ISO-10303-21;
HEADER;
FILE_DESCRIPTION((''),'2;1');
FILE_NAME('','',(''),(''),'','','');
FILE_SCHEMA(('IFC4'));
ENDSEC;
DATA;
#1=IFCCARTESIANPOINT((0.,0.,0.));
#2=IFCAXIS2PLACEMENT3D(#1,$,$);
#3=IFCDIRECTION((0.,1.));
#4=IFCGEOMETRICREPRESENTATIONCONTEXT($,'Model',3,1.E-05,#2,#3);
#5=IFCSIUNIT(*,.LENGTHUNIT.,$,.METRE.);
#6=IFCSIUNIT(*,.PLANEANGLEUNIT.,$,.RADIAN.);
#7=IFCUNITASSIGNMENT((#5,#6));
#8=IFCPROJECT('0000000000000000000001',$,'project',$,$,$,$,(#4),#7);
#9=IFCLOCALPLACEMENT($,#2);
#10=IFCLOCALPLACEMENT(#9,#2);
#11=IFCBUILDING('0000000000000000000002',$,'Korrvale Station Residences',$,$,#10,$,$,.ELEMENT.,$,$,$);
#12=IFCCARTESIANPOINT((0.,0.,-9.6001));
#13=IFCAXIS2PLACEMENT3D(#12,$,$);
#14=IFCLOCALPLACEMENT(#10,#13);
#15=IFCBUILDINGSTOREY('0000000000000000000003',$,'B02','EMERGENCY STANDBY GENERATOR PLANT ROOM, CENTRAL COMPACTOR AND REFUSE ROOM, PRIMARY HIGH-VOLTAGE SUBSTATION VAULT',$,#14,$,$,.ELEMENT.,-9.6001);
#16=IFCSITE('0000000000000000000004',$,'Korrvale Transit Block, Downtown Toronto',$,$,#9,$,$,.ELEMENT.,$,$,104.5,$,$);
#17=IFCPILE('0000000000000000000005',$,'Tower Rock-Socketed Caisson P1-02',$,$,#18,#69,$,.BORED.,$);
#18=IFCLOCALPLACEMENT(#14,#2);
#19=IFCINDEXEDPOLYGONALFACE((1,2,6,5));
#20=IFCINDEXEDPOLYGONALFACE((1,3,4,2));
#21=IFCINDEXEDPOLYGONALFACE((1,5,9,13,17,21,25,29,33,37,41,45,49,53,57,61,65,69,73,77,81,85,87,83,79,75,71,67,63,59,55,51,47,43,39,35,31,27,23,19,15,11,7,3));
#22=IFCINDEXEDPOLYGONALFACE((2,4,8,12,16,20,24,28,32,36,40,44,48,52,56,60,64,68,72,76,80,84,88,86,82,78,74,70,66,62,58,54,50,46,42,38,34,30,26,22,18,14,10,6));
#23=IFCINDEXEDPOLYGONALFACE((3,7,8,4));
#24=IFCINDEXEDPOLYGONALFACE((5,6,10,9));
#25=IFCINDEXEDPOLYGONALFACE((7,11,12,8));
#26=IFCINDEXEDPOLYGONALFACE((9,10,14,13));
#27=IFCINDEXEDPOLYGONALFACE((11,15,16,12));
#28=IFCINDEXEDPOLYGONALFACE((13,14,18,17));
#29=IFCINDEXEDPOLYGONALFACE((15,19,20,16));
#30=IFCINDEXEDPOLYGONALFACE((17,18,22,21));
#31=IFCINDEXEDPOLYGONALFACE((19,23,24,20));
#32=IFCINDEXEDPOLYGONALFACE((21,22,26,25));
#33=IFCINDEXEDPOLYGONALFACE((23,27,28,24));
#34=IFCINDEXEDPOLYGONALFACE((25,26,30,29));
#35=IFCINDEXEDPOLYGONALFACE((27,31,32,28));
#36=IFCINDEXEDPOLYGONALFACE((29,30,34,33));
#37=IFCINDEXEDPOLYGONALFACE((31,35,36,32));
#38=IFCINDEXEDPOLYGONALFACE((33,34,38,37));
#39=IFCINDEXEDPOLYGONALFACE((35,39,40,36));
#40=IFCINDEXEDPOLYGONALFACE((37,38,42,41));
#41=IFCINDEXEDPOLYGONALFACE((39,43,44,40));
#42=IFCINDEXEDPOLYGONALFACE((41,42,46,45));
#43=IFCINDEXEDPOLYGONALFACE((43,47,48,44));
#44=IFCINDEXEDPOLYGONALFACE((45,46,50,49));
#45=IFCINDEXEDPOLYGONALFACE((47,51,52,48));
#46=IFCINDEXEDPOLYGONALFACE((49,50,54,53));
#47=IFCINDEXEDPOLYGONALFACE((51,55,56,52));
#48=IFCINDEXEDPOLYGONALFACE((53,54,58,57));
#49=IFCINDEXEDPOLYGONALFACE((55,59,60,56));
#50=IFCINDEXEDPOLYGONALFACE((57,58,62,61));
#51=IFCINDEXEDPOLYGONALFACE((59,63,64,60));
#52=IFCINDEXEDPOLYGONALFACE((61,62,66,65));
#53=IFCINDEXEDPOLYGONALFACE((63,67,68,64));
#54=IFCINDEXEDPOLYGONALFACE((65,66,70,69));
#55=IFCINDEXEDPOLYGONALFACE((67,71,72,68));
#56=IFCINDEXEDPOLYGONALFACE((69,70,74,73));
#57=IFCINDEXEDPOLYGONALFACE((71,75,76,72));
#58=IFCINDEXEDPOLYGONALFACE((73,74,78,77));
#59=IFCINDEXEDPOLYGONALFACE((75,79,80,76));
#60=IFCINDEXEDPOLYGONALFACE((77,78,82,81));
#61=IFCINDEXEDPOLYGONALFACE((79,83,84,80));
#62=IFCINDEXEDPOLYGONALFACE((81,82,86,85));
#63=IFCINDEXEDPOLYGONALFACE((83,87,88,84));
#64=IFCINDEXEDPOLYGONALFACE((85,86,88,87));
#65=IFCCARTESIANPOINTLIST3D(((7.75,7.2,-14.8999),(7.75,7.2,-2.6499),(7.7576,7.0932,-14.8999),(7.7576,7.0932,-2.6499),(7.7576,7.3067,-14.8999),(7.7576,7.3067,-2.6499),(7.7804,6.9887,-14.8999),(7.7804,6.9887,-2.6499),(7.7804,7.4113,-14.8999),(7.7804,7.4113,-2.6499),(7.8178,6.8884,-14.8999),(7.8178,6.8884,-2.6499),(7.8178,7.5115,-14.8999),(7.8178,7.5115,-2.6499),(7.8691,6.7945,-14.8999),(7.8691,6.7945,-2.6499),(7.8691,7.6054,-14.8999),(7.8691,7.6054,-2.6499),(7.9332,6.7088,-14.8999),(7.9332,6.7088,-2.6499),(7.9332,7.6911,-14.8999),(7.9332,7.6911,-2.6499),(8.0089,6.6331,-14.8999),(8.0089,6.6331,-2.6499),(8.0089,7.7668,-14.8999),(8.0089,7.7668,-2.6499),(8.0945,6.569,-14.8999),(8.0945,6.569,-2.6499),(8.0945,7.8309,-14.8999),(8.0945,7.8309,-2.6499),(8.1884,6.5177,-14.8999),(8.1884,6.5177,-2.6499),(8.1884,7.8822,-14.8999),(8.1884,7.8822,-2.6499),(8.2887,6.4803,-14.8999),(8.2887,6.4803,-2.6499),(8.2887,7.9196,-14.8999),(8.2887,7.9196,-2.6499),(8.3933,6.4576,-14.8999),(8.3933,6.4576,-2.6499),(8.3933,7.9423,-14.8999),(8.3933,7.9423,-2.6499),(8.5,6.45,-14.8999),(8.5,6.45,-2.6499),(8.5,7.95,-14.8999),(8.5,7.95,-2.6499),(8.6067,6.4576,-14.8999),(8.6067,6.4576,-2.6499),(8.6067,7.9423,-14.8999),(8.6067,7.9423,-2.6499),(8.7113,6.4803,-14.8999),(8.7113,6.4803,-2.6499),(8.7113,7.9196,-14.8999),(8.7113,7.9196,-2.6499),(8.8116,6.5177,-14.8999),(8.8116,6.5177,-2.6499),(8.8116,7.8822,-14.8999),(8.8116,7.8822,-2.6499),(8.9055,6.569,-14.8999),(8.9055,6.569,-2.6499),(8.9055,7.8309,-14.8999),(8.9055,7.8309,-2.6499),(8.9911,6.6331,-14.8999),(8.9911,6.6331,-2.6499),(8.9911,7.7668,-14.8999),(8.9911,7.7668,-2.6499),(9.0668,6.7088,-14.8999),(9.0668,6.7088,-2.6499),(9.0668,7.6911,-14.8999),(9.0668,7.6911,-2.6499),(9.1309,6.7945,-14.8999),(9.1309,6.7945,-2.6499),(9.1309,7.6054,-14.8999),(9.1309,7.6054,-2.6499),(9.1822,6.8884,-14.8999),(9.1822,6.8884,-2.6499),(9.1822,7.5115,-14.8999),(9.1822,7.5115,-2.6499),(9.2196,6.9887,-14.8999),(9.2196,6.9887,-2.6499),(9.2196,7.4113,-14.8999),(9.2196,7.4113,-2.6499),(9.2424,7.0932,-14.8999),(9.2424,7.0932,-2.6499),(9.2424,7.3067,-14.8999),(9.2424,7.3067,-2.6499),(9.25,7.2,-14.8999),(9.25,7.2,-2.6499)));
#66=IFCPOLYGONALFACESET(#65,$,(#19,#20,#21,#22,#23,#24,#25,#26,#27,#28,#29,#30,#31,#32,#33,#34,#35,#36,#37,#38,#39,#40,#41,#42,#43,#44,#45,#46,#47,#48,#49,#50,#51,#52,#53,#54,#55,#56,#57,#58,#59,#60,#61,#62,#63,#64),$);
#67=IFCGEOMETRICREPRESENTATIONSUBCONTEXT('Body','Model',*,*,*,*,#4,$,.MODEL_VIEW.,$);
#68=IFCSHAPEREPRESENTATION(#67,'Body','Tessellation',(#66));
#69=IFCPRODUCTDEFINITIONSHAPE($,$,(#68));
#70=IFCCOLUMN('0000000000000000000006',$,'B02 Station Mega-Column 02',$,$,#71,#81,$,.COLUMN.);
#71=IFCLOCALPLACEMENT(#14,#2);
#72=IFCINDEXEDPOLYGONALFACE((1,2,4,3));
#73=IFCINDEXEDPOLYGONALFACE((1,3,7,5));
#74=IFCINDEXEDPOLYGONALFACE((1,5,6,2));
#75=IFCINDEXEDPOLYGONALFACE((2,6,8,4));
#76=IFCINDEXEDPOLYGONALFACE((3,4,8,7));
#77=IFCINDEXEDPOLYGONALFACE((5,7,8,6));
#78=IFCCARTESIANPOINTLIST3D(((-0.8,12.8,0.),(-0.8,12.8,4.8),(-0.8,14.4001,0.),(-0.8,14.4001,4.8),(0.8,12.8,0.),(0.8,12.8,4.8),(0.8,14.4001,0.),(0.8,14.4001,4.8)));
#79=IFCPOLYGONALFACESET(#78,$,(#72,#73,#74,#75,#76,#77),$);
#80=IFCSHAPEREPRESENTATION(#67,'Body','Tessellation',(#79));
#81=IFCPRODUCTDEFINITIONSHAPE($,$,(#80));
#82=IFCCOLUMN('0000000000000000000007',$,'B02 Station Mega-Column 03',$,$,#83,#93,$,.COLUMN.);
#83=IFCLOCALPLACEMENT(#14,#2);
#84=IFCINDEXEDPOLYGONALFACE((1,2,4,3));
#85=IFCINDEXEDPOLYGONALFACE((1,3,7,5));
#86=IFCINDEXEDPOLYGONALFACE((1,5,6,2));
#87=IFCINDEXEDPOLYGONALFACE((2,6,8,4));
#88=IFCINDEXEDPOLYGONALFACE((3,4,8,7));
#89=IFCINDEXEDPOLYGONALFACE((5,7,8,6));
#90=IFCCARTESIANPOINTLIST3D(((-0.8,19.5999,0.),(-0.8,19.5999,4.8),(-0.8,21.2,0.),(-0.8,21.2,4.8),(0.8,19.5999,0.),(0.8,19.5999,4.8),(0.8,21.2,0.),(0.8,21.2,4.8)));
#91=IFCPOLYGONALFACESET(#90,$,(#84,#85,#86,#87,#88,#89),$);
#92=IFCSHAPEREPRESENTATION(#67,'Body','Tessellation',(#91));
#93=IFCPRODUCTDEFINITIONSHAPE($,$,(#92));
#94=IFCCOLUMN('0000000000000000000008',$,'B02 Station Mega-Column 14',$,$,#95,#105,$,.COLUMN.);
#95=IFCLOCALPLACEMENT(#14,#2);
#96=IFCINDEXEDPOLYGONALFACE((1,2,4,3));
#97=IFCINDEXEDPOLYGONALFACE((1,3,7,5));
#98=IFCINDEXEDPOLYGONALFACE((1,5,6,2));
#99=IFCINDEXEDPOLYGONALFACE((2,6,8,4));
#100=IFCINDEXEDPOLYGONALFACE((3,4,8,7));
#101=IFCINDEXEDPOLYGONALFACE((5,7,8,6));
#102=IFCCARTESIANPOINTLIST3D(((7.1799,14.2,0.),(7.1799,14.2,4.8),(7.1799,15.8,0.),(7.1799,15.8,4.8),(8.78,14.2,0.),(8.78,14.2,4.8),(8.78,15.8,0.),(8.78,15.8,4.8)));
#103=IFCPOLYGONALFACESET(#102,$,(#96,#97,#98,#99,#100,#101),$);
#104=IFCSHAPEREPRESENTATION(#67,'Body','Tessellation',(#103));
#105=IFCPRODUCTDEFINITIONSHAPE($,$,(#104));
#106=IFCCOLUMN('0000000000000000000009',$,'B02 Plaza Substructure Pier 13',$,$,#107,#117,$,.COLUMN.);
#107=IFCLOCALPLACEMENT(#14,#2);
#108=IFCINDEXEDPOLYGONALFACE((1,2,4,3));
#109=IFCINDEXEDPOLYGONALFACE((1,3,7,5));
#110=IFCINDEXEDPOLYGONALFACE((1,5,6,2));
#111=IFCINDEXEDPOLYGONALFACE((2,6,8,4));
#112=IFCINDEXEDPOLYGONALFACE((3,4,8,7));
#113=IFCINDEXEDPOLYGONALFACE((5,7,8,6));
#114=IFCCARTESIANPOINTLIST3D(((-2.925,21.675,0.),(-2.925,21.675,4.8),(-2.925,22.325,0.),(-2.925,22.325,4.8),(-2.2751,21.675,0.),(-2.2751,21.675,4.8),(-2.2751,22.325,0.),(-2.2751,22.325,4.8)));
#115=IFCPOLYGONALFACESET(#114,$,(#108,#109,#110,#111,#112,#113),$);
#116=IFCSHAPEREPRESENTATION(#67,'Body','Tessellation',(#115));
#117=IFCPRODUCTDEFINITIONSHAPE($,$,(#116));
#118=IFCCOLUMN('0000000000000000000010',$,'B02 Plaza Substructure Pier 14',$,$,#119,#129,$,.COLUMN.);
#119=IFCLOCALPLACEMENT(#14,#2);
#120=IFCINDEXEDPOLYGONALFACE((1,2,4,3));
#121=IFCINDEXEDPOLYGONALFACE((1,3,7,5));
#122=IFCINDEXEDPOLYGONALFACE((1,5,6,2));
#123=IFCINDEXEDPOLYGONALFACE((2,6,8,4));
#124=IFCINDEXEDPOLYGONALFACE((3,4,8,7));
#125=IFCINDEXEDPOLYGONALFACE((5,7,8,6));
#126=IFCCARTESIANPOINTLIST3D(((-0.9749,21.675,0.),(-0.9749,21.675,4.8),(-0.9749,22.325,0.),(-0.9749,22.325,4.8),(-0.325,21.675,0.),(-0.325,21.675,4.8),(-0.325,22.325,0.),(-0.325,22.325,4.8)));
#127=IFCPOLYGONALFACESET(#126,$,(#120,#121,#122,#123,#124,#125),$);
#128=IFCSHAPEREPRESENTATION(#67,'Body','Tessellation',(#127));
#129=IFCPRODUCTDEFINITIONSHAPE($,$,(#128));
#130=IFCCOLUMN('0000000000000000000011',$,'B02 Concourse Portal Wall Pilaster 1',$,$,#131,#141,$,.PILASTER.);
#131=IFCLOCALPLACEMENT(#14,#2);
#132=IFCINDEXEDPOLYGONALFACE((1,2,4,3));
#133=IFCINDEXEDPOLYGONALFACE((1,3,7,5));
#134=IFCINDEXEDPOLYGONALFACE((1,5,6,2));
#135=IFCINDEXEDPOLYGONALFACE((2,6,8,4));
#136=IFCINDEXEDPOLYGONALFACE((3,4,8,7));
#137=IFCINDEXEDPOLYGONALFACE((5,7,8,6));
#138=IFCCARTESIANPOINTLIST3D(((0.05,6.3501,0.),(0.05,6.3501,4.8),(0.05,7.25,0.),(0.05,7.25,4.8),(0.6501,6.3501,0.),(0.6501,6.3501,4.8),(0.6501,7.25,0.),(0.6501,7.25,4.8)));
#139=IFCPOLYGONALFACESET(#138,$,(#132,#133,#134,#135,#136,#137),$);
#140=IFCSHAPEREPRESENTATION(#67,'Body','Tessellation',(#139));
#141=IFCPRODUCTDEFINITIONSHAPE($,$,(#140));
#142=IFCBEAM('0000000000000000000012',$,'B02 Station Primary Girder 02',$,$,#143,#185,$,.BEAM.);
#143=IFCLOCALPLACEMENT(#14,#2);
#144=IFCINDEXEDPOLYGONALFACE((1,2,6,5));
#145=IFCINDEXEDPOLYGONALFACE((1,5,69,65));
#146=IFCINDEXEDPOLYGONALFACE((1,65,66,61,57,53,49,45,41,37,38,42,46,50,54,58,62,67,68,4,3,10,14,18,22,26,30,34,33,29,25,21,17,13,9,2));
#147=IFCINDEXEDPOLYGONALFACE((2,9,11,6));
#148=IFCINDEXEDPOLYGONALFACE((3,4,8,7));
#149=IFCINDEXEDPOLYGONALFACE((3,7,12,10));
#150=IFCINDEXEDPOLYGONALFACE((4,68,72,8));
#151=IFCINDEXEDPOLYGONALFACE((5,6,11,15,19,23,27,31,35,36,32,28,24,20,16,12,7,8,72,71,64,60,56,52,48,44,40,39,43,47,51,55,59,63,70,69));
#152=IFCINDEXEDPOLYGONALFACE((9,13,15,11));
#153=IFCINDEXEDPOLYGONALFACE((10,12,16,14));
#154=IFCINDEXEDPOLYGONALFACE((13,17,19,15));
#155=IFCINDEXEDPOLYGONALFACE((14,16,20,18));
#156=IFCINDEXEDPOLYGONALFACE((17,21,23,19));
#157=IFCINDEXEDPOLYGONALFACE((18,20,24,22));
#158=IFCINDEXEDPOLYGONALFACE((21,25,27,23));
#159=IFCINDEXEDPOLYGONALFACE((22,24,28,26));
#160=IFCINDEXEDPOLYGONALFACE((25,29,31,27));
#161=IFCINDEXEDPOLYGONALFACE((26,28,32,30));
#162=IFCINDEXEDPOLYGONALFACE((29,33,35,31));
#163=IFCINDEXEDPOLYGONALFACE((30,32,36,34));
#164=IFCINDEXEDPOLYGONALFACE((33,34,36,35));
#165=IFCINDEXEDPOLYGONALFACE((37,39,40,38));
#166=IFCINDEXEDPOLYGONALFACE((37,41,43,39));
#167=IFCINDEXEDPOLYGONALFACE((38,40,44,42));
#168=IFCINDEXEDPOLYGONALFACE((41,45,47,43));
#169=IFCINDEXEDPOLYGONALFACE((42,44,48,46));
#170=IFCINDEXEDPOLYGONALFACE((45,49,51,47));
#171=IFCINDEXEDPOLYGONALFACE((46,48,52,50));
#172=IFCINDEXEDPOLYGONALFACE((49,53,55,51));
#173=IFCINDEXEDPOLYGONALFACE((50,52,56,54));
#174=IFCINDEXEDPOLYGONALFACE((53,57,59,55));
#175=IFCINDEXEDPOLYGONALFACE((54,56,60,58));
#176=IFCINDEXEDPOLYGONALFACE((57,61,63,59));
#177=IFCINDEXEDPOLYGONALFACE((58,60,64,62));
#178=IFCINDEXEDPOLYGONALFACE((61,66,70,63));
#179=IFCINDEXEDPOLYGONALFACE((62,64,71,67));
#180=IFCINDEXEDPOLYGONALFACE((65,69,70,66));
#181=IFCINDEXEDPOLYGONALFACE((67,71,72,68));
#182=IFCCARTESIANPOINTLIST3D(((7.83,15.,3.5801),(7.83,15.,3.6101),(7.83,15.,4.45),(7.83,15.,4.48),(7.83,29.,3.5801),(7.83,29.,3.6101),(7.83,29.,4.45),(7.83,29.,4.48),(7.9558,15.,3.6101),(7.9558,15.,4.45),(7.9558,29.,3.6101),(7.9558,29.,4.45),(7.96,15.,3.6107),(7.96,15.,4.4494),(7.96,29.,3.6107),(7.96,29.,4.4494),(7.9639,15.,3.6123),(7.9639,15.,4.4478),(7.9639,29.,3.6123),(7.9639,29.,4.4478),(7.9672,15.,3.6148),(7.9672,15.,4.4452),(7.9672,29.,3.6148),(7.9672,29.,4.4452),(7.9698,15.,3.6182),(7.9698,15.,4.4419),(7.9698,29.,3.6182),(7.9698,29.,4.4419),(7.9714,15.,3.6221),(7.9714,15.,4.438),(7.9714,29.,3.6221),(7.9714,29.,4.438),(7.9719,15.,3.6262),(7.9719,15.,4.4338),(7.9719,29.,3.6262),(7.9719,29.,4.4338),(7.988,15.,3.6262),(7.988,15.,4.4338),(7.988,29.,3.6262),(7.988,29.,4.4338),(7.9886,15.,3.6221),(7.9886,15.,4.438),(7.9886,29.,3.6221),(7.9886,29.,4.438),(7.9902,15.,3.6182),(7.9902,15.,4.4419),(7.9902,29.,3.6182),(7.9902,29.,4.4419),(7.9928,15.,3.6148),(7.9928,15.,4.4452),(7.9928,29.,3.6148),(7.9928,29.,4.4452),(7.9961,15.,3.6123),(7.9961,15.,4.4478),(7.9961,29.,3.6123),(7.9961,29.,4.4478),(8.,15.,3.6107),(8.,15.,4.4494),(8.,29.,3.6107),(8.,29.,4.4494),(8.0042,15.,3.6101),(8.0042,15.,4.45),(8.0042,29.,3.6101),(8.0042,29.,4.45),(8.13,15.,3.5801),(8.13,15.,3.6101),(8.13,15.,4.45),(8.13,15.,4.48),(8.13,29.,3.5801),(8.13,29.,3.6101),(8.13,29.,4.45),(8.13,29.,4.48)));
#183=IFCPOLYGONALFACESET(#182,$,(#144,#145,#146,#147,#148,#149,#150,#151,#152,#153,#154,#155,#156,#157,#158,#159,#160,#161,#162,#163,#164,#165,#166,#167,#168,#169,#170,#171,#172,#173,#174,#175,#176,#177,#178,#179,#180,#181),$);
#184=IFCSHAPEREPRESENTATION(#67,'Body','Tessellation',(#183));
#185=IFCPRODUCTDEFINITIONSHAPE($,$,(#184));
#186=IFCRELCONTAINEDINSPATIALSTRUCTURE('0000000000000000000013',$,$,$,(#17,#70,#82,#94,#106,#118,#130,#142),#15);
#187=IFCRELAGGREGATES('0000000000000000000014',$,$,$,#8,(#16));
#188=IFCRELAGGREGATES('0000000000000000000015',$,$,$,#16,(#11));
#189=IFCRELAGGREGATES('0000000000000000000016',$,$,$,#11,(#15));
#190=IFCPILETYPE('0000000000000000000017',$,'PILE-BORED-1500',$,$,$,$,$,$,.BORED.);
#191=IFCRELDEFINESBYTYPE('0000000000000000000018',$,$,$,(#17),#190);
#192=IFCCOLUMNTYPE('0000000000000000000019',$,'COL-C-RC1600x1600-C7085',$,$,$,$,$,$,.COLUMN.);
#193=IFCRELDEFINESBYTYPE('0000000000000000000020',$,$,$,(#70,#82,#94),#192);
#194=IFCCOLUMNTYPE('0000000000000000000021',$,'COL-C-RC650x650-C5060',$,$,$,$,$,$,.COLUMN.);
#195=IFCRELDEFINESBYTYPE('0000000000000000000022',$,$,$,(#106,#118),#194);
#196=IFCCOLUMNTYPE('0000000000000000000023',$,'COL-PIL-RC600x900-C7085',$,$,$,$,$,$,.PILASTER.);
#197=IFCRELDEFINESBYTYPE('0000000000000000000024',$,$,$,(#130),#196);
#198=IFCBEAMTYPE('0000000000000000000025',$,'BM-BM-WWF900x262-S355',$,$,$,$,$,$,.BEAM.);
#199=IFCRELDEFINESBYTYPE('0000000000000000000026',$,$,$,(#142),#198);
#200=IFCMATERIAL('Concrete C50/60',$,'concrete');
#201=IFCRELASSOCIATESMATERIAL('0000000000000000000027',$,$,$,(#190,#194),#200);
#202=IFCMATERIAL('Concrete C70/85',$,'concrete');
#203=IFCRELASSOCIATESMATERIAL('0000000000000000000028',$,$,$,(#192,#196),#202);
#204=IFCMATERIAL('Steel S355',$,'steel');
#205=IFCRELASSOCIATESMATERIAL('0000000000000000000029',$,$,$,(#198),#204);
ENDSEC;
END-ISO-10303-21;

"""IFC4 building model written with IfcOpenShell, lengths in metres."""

from ifc_helpers import new_model, si_unit, direction, frame, origin, origin_2d, place, context, subcontext, project, spatial, rectangle, circle, i_section, extrude, material, material_profile, profile_set, type_object, element, save


model = new_model("IFC4")

# Units and contexts
model_context = context("Model", 3, precision=1e-05, world=origin(), true_north=direction((0.0, 1.0)))
body_context = subcontext(model_context, "Body", "Model", "MODEL_VIEW")
ifc_project = project(units=[si_unit("LENGTHUNIT", "METRE"), si_unit("PLANEANGLEUNIT", "RADIAN")], contexts=[model_context])

# Site, building, storey
site_placement = place(None, origin())
site = spatial("IfcSite", under=ifc_project, at=site_placement, Name="Korrvale Transit Block, Downtown Toronto", CompositionType="ELEMENT", RefElevation=104.5)
building_placement = place(site_placement, origin())
building = spatial("IfcBuilding", under=site, at=building_placement, Name="Korrvale Station Residences", CompositionType="ELEMENT")
storey_placement = place(building_placement, frame((0.0, 0.0, -9.6001)))
storey = spatial("IfcBuildingStorey", under=building, at=storey_placement, Name="B02", Description="EMERGENCY STANDBY GENERATOR PLANT ROOM, CENTRAL COMPACTOR AND REFUSE ROOM, PRIMARY HIGH-VOLTAGE SUBSTATION VAULT", CompositionType="ELEMENT", Elevation=-9.6001)

# Pile
ifc_material_1 = material(Name="Concrete C50/60", Category="concrete")
ifc_material_profile_1 = material_profile(ifc_material_1, circle(Radius=0.75, at=origin_2d()), Name="PILE1500")
ifc_profile_set_1 = profile_set([ifc_material_profile_1], Name="Concrete C50/60")
pile_type_1 = type_object("IfcPileType", Name="PILE-BORED-1500", PredefinedType="BORED", material=ifc_profile_set_1)
pile_placement = place(storey_placement, frame((8.5, 7.2, -2.6499), z_axis=(0.0, 0.0, -1.0), x_axis=(1.0, 0.0, 0.0)))
element("IfcPile", 1, at=pile_placement, inside=storey, type_object=pile_type_1, Name="Tower Rock-Socketed Caisson P1-02", PredefinedType="BORED", context=body_context, shape_type="SweptSolid", body=[
    extrude(circle(Radius=0.75, at=origin_2d()), origin(), (0.0, 0.0, 1.0), 12.25),
])

# Columns
ifc_material_2 = material(Name="Concrete C70/85", Category="concrete")
ifc_material_profile_2 = material_profile(ifc_material_2, rectangle(XDim=1.6001, YDim=1.6001, at=origin_2d()), Name="RC1600x1600")
ifc_profile_set_2 = profile_set([ifc_material_profile_2], Name="Concrete C70/85")
column_type_1 = type_object("IfcColumnType", Name="COL-C-RC1600x1600-C7085", PredefinedType="COLUMN", material=ifc_profile_set_2)
for number, where, z_axis, x_axis, name in (
    (2, (0.0, 13.6001, 0.0), (0.0, 0.0, 1.0), (1.0, 0.0, 0.0), "B02 Station Mega-Column 02"),
    (3, (0.0, 20.3999, 0.0), (0.0, 0.0, 1.0), (1.0, 0.0, 0.0), "B02 Station Mega-Column 03"),
    (4, (7.98, 15.0, 0.0), (0.0, 0.0, 1.0), (1.0, 0.0, 0.0), "B02 Station Mega-Column 14"),
):
    element("IfcColumn", number, at=place(storey_placement, frame(where, z_axis=z_axis, x_axis=x_axis)), inside=storey, type_object=column_type_1, Name=name, PredefinedType="COLUMN", context=body_context, shape_type="SweptSolid", body=[
        extrude(rectangle(XDim=1.6001, YDim=1.6001, at=origin_2d()), origin(), (0.0, 0.0, 1.0), 4.8),
    ])
ifc_material_profile_3 = material_profile(ifc_material_1, rectangle(XDim=0.6499, YDim=0.6499, at=origin_2d()), Name="RC650x650")
ifc_profile_set_3 = profile_set([ifc_material_profile_3], Name="Concrete C50/60")
column_type_2 = type_object("IfcColumnType", Name="COL-C-RC650x650-C5060", PredefinedType="COLUMN", material=ifc_profile_set_3)
for number, where, z_axis, x_axis, name in (
    (5, (-2.6001, 22.0, 0.0), (0.0, 0.0, 1.0), (1.0, 0.0, 0.0), "B02 Plaza Substructure Pier 13"),
    (6, (-0.6499, 22.0, 0.0), (0.0, 0.0, 1.0), (1.0, 0.0, 0.0), "B02 Plaza Substructure Pier 14"),
):
    element("IfcColumn", number, at=place(storey_placement, frame(where, z_axis=z_axis, x_axis=x_axis)), inside=storey, type_object=column_type_2, Name=name, PredefinedType="COLUMN", context=body_context, shape_type="SweptSolid", body=[
        extrude(rectangle(XDim=0.6499, YDim=0.6499, at=origin_2d()), origin(), (0.0, 0.0, 1.0), 4.8),
    ])
ifc_material_profile_4 = material_profile(ifc_material_2, rectangle(XDim=0.6001, YDim=0.8999, at=origin_2d()), Name="RC600x900")
ifc_profile_set_4 = profile_set([ifc_material_profile_4], Name="Concrete C70/85")
column_type_3 = type_object("IfcColumnType", Name="COL-PIL-RC600x900-C7085", PredefinedType="PILASTER", material=ifc_profile_set_4)
column_placement = place(storey_placement, frame((0.3501, 6.8, 0.0), z_axis=(0.0, 0.0, 1.0), x_axis=(1.0, 0.0, 0.0)))
element("IfcColumn", 7, at=column_placement, inside=storey, type_object=column_type_3, Name="B02 Concourse Portal Wall Pilaster 1", PredefinedType="PILASTER", context=body_context, shape_type="SweptSolid", body=[
    extrude(rectangle(XDim=0.6001, YDim=0.8999, at=origin_2d()), origin(), (0.0, 0.0, 1.0), 4.8),
])

# Beam
ifc_material_3 = material(Name="Steel S355", Category="steel")
ifc_material_profile_5 = material_profile(ifc_material_3, i_section(OverallWidth=0.3, OverallDepth=0.8999, WebThickness=0.0161, FlangeThickness=0.03, FilletRadius=0.0161, at=origin_2d()), Name="WWF900x262")
ifc_profile_set_5 = profile_set([ifc_material_profile_5], Name="Steel S355")
beam_type_1 = type_object("IfcBeamType", Name="BM-BM-WWF900x262-S355", PredefinedType="BEAM", material=ifc_profile_set_5)
beam_1_placement = place(storey_placement, frame((7.98, 15.0, 4.03), z_axis=(0.0, 1.0, 0.0), x_axis=(-1.0, 0.0, 0.0)))
element("IfcBeam", 8, at=beam_1_placement, inside=storey, type_object=beam_type_1, Name="B02 Station Primary Girder 02", PredefinedType="BEAM", context=body_context, shape_type="SweptSolid", body=[
    extrude(i_section(OverallWidth=0.3, OverallDepth=0.8999, WebThickness=0.0161, FlangeThickness=0.03, FilletRadius=0.0161, at=origin_2d()), origin(), (0.0, 0.0, 1.0), 14.0),
])

save(model, "model.ifc")
